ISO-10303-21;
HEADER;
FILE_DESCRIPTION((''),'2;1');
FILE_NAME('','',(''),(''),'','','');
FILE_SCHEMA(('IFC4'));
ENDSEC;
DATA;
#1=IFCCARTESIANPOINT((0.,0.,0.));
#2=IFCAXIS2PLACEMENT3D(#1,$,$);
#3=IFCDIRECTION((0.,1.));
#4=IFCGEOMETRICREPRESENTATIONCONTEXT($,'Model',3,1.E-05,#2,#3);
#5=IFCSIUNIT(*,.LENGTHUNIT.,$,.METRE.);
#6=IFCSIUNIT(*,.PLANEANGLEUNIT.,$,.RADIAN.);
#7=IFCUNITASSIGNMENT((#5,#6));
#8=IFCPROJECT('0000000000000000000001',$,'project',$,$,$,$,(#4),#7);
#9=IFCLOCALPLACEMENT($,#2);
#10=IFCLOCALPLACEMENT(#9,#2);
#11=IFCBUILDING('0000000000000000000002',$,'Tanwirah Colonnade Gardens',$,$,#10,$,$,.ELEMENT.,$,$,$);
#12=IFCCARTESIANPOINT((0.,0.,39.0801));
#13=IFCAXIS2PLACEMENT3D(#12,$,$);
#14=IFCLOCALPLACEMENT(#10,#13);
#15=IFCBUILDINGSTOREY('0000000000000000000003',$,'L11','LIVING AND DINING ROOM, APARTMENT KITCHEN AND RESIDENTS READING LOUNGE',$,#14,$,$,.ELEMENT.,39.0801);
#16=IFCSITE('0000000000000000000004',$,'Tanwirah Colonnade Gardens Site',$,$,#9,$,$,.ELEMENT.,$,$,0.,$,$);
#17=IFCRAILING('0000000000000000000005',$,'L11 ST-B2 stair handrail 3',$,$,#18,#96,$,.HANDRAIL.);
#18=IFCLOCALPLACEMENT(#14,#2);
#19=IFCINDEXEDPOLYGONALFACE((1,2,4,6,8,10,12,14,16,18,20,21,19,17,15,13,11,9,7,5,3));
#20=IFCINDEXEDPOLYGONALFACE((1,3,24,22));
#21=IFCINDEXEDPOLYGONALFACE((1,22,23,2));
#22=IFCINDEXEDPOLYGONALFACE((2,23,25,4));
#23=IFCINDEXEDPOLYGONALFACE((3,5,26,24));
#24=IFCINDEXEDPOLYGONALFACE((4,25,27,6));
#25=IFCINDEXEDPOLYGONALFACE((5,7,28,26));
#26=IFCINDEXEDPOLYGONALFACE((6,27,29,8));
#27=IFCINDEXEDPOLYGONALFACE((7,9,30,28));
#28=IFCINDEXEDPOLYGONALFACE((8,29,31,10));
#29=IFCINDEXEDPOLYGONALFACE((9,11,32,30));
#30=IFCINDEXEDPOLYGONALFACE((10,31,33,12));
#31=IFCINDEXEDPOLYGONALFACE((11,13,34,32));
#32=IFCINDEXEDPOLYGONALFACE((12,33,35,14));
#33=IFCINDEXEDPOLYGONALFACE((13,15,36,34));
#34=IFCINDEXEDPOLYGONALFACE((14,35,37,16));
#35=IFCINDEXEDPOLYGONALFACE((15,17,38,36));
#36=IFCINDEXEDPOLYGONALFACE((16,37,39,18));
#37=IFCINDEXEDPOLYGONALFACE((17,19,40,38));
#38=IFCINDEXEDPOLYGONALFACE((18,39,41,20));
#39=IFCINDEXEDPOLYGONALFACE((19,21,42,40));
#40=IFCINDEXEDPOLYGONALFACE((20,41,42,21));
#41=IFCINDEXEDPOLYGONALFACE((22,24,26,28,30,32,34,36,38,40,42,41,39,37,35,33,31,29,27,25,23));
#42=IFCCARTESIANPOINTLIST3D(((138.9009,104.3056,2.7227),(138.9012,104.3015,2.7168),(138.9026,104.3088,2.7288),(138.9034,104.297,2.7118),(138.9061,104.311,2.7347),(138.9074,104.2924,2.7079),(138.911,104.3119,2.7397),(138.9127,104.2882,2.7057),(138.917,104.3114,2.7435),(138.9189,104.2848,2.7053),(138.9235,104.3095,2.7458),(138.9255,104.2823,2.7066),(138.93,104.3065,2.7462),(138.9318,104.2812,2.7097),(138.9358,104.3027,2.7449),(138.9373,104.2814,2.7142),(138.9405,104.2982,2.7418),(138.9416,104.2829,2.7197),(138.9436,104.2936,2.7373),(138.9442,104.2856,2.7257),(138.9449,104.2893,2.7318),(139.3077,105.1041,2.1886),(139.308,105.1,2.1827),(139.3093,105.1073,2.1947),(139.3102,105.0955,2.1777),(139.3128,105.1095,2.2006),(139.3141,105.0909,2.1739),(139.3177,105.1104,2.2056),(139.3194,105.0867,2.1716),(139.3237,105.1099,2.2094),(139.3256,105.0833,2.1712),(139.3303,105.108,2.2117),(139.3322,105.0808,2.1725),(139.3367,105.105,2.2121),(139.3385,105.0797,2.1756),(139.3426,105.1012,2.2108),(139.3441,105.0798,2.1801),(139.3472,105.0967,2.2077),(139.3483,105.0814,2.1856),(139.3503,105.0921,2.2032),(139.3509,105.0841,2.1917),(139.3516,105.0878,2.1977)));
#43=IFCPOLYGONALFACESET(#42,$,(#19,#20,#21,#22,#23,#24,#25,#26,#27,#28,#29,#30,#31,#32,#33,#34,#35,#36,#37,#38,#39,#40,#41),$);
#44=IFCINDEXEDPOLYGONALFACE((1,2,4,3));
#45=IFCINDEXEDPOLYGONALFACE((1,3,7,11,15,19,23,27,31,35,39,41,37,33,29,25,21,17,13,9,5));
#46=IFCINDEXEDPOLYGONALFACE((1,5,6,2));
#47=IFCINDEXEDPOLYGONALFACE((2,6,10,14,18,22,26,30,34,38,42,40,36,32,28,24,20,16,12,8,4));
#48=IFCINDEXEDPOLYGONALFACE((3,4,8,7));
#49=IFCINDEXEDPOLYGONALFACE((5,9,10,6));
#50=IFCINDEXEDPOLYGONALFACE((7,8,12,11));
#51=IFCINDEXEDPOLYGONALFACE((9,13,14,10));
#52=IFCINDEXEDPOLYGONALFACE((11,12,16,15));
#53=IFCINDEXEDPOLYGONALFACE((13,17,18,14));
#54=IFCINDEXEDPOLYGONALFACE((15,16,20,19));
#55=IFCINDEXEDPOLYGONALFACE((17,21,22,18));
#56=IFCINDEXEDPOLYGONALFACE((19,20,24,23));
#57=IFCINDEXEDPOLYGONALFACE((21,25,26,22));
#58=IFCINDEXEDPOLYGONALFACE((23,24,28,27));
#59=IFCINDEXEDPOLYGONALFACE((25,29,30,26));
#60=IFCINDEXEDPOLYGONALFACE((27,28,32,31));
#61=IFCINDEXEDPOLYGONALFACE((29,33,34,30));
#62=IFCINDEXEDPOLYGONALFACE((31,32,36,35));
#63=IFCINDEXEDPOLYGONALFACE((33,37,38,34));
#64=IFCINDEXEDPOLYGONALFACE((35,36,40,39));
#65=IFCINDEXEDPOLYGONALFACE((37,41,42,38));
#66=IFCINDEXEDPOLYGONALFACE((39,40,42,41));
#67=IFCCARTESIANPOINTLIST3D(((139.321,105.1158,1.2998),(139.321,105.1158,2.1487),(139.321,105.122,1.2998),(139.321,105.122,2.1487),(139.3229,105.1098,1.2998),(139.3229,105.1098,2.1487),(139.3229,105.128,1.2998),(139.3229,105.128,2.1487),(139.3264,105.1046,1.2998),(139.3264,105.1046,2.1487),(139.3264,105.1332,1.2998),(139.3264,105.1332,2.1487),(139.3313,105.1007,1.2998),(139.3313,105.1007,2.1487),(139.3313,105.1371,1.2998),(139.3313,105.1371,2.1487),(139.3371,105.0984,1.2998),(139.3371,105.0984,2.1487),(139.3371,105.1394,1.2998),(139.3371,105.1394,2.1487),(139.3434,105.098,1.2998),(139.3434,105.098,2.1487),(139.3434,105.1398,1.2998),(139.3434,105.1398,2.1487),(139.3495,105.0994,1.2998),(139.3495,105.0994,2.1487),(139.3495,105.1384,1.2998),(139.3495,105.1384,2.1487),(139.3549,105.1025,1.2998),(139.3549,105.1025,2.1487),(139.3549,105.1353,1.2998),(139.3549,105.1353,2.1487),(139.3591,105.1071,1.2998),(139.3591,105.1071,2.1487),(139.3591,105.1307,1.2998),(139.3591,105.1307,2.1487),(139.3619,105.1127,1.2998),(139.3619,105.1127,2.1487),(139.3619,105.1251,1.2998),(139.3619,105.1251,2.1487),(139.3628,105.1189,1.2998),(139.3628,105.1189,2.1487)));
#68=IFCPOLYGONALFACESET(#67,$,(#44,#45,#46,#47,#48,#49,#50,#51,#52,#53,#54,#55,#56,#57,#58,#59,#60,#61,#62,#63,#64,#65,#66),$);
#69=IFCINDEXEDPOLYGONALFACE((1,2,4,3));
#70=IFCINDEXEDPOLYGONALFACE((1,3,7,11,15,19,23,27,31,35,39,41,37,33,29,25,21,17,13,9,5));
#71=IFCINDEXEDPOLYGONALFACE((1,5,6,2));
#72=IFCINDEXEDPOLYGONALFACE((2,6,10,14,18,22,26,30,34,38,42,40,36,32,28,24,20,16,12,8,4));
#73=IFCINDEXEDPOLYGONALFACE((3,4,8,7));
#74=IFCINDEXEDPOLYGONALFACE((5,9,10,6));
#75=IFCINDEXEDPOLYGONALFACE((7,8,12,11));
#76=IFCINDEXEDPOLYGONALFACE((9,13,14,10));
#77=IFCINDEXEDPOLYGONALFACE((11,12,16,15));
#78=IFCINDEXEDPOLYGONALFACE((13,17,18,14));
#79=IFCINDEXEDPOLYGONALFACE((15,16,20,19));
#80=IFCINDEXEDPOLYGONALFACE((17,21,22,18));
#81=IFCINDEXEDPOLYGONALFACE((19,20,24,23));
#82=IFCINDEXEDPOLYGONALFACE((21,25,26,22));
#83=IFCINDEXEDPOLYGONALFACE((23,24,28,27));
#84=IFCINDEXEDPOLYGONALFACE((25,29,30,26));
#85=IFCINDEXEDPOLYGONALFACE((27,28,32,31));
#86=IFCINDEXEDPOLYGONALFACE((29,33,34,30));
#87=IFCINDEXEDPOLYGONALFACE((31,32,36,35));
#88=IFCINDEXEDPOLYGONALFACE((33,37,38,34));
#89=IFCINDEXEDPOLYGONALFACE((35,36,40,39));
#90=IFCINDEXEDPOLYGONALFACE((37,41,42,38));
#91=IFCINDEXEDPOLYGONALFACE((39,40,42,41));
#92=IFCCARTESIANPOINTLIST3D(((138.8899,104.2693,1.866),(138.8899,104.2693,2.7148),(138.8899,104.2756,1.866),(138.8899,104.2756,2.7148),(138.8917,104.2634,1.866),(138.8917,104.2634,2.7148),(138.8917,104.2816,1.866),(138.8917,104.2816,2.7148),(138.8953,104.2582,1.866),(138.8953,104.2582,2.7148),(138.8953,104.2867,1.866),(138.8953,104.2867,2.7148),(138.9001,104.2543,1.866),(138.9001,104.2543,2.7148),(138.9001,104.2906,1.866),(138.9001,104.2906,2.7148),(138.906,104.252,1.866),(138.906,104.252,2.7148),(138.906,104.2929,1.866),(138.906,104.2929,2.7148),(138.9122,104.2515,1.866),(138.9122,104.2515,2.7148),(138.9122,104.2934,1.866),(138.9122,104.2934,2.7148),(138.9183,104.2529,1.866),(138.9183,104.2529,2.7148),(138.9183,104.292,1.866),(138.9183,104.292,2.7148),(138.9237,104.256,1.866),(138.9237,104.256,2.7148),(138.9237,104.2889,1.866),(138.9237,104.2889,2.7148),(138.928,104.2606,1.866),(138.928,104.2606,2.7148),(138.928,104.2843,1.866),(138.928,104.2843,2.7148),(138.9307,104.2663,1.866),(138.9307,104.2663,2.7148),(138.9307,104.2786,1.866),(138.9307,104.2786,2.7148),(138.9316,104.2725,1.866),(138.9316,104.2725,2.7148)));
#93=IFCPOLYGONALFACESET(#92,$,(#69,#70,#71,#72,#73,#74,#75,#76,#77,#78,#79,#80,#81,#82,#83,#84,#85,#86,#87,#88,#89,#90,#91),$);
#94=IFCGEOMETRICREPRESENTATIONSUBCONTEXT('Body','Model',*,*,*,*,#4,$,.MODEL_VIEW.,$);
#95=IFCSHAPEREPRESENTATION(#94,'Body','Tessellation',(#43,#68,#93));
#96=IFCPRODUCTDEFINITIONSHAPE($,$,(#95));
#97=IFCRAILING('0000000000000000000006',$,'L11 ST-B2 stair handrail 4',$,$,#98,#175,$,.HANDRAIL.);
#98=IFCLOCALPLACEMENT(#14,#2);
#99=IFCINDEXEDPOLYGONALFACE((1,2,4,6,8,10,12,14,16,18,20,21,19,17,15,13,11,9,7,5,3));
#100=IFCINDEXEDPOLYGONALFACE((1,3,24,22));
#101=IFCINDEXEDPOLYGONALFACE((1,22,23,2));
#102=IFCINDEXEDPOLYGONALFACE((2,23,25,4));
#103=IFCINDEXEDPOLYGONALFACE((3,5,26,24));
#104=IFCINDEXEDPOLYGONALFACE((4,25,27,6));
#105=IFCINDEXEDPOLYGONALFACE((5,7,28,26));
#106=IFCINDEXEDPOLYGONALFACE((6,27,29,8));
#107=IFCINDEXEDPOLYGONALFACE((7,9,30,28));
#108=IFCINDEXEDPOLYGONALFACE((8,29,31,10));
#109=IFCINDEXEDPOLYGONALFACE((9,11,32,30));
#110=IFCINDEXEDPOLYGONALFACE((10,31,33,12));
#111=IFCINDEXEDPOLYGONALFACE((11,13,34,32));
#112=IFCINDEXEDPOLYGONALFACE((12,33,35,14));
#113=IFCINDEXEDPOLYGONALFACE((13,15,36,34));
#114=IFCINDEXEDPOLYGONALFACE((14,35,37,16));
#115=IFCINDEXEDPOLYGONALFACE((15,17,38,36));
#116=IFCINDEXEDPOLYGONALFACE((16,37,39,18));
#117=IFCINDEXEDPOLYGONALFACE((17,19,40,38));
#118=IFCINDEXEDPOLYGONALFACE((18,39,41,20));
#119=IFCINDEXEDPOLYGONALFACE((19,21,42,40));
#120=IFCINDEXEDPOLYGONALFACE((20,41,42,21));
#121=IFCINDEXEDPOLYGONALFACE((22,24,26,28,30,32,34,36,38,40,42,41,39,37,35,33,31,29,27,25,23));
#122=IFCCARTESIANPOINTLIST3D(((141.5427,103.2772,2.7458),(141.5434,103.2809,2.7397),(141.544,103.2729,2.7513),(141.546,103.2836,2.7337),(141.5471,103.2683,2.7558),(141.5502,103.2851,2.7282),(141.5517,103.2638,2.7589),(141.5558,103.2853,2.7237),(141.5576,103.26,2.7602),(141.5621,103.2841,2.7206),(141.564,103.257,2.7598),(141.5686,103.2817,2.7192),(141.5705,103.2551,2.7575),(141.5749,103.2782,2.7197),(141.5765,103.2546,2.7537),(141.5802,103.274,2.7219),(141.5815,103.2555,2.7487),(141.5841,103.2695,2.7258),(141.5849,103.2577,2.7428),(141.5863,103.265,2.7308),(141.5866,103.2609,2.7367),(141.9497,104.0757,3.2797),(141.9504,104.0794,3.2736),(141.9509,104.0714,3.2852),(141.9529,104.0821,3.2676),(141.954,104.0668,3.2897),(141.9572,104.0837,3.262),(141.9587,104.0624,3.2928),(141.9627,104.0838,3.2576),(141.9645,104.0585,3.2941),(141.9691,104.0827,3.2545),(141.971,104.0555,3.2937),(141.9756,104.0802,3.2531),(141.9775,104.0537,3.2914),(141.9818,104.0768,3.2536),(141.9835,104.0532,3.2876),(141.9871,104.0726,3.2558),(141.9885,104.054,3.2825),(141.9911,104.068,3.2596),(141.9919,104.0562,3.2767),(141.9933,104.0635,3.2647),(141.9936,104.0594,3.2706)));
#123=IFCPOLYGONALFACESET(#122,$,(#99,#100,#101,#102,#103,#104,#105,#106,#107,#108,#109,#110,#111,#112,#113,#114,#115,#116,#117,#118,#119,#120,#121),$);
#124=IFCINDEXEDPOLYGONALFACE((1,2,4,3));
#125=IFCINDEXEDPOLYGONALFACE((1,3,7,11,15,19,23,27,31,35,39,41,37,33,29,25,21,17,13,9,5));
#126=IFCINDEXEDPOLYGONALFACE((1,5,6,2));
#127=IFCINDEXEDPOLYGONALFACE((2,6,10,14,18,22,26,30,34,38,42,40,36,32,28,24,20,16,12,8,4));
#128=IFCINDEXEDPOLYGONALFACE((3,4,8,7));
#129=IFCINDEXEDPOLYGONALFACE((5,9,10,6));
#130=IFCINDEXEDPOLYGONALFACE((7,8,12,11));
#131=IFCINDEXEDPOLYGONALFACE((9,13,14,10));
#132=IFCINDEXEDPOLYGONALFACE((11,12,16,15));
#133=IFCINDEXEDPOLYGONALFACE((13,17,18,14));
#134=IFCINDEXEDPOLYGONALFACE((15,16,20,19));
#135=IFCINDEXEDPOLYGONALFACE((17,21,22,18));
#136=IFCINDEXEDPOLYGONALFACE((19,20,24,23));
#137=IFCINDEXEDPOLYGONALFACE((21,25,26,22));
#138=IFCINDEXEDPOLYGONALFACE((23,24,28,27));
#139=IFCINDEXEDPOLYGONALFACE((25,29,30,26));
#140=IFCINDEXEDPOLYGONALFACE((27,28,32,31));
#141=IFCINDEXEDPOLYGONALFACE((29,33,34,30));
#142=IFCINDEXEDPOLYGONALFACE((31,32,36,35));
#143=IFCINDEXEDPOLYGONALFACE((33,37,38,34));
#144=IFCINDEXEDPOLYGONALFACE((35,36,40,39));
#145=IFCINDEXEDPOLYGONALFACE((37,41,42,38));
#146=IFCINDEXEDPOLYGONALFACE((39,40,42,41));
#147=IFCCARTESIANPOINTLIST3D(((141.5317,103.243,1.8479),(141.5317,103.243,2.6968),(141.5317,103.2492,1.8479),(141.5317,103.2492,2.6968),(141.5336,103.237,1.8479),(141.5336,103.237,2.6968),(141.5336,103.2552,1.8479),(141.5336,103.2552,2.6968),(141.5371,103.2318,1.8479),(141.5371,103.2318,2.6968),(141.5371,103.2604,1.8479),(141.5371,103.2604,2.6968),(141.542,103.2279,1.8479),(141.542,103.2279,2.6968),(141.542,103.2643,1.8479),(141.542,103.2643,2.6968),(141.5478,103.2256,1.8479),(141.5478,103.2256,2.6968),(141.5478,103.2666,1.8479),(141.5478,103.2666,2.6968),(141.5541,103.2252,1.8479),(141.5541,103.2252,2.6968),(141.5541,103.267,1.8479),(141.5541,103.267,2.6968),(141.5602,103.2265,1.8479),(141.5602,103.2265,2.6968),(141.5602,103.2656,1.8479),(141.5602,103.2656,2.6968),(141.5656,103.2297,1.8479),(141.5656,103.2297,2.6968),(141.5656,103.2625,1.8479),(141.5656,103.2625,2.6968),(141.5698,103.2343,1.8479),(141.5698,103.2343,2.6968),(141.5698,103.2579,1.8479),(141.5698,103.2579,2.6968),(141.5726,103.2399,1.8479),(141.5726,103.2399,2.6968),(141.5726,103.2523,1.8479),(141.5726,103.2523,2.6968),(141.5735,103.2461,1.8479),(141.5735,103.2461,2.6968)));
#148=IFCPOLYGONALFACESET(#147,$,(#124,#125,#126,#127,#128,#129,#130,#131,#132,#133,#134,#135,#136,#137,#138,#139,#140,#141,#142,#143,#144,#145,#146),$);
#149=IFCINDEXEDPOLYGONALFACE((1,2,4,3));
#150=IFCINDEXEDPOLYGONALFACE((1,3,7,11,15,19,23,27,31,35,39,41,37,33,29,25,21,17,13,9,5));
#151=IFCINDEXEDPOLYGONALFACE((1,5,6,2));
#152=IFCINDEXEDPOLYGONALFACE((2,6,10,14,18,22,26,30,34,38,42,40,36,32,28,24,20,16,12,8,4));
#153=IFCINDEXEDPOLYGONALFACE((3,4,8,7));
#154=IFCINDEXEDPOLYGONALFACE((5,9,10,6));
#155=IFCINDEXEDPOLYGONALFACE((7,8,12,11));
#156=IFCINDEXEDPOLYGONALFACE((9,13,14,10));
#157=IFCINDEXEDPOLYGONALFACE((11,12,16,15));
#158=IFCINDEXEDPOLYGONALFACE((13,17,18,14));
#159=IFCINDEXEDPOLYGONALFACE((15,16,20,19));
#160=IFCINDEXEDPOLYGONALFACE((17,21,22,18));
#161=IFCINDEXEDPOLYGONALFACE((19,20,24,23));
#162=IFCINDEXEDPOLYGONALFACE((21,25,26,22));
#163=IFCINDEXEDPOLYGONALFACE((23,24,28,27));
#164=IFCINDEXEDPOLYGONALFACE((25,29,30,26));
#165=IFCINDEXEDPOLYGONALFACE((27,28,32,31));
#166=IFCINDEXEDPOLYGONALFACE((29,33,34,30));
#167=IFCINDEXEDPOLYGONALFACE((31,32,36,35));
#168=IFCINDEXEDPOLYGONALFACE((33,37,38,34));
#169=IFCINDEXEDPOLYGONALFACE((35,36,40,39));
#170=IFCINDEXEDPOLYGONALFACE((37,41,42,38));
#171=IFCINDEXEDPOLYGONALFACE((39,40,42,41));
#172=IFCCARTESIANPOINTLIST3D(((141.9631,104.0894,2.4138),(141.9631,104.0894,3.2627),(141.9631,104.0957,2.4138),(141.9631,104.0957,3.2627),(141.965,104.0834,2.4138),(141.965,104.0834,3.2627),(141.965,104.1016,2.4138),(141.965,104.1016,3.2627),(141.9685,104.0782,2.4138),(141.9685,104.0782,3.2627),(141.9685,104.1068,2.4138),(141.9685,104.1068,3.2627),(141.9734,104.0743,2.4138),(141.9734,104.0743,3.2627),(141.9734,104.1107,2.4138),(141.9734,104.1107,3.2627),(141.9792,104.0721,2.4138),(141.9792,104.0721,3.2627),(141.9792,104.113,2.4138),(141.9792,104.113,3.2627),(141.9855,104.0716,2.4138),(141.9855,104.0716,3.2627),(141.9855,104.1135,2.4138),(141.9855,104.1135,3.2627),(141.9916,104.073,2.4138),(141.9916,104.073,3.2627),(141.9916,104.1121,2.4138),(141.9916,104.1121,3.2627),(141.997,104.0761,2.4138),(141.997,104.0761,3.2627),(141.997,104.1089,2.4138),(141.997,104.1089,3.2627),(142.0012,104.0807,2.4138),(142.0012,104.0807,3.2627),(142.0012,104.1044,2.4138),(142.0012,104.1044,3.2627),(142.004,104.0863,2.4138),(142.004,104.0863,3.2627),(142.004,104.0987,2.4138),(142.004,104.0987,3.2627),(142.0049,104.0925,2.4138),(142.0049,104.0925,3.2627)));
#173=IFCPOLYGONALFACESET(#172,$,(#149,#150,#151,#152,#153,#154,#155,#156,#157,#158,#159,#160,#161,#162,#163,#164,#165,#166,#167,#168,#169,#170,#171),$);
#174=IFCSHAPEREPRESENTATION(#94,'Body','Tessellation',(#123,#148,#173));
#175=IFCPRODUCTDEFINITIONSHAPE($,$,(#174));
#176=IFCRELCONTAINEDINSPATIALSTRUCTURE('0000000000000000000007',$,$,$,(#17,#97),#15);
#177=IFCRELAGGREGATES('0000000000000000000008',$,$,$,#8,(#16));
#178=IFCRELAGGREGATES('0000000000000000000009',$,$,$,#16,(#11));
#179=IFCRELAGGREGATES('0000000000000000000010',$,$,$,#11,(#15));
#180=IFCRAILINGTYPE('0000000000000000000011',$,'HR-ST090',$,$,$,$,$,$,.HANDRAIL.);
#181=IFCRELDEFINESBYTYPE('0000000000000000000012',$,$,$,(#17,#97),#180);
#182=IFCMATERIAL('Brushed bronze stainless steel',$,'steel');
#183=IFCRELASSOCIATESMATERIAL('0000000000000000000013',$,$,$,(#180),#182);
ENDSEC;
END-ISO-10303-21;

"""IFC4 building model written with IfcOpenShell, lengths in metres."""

from ifc_helpers import new_model, si_unit, direction, frame, origin, origin_2d, place, context, subcontext, project, spatial, circle, extrude, material, type_object, element, save


model = new_model("IFC4")

# Units and contexts
model_context = context("Model", 3, precision=1e-05, world=origin(), true_north=direction((0.0, 1.0)))
body_context = subcontext(model_context, "Body", "Model", "MODEL_VIEW")
ifc_project = project(units=[si_unit("LENGTHUNIT", "METRE"), si_unit("PLANEANGLEUNIT", "RADIAN")], contexts=[model_context])

# Site, building, storey
site_placement = place(None, origin())
site = spatial("IfcSite", under=ifc_project, at=site_placement, Name="Tanwirah Colonnade Gardens Site", CompositionType="ELEMENT", RefElevation=0.0)
building_placement = place(site_placement, origin())
building = spatial("IfcBuilding", under=site, at=building_placement, Name="Tanwirah Colonnade Gardens", CompositionType="ELEMENT")
storey_placement = place(building_placement, frame((0.0, 0.0, 39.0801)))
storey = spatial("IfcBuildingStorey", under=building, at=storey_placement, Name="L11", Description="LIVING AND DINING ROOM, APARTMENT KITCHEN AND RESIDENTS READING LOUNGE", CompositionType="ELEMENT", Elevation=39.0801)

# Railings
ifc_material_1 = material(Name="Brushed bronze stainless steel", Category="steel")
railing_type_1 = type_object("IfcRailingType", Name="HR-ST090", PredefinedType="HANDRAIL", material=ifc_material_1)
railing_1_placement = place(storey_placement, frame((139.3418, 105.1189, 1.2998)))
element("IfcRailing", 1, at=railing_1_placement, inside=storey, type_object=railing_type_1, Name="L11 ST-B2 stair handrail 3", PredefinedType="HANDRAIL", context=body_context, shape_type="SweptSolid", body=[
    extrude(circle(Radius=0.0239, at=origin_2d()), frame((-0.0122, -0.0239, 0.8918), z_axis=(-0.389886, -0.765422, 0.511974), x_axis=(0.891061, -0.453883, 0.0)), (0.0, 0.0, 1.0), 1.0432),
    extrude(circle(Radius=0.021, at=origin_2d()), origin(), (0.0, 0.0, 1.0), 0.8489),
    extrude(circle(Radius=0.021, at=origin_2d()), frame((-0.4312, -0.8464, 0.5662)), (0.0, 0.0, 1.0), 0.8489),
])
railing_2_placement = place(storey_placement, frame((141.5525, 103.2461, 1.8479)))
element("IfcRailing", 2, at=railing_2_placement, inside=storey, type_object=railing_type_1, Name="L11 ST-B2 stair handrail 4", PredefinedType="HANDRAIL", context=body_context, shape_type="SweptSolid", body=[
    extrude(circle(Radius=0.0239, at=origin_2d()), frame((0.0122, 0.0239, 0.8918), z_axis=(0.390118, 0.765443, 0.511767), x_axis=(-0.890957, 0.454087, 0.0)), (0.0, 0.0, 1.0), 1.0432),
    extrude(circle(Radius=0.021, at=origin_2d()), origin(), (0.0, 0.0, 1.0), 0.8489),
    extrude(circle(Radius=0.021, at=origin_2d()), frame((0.4314, 0.8464, 0.5659)), (0.0, 0.0, 1.0), 0.8489),
])

save(model, "model.ifc")
